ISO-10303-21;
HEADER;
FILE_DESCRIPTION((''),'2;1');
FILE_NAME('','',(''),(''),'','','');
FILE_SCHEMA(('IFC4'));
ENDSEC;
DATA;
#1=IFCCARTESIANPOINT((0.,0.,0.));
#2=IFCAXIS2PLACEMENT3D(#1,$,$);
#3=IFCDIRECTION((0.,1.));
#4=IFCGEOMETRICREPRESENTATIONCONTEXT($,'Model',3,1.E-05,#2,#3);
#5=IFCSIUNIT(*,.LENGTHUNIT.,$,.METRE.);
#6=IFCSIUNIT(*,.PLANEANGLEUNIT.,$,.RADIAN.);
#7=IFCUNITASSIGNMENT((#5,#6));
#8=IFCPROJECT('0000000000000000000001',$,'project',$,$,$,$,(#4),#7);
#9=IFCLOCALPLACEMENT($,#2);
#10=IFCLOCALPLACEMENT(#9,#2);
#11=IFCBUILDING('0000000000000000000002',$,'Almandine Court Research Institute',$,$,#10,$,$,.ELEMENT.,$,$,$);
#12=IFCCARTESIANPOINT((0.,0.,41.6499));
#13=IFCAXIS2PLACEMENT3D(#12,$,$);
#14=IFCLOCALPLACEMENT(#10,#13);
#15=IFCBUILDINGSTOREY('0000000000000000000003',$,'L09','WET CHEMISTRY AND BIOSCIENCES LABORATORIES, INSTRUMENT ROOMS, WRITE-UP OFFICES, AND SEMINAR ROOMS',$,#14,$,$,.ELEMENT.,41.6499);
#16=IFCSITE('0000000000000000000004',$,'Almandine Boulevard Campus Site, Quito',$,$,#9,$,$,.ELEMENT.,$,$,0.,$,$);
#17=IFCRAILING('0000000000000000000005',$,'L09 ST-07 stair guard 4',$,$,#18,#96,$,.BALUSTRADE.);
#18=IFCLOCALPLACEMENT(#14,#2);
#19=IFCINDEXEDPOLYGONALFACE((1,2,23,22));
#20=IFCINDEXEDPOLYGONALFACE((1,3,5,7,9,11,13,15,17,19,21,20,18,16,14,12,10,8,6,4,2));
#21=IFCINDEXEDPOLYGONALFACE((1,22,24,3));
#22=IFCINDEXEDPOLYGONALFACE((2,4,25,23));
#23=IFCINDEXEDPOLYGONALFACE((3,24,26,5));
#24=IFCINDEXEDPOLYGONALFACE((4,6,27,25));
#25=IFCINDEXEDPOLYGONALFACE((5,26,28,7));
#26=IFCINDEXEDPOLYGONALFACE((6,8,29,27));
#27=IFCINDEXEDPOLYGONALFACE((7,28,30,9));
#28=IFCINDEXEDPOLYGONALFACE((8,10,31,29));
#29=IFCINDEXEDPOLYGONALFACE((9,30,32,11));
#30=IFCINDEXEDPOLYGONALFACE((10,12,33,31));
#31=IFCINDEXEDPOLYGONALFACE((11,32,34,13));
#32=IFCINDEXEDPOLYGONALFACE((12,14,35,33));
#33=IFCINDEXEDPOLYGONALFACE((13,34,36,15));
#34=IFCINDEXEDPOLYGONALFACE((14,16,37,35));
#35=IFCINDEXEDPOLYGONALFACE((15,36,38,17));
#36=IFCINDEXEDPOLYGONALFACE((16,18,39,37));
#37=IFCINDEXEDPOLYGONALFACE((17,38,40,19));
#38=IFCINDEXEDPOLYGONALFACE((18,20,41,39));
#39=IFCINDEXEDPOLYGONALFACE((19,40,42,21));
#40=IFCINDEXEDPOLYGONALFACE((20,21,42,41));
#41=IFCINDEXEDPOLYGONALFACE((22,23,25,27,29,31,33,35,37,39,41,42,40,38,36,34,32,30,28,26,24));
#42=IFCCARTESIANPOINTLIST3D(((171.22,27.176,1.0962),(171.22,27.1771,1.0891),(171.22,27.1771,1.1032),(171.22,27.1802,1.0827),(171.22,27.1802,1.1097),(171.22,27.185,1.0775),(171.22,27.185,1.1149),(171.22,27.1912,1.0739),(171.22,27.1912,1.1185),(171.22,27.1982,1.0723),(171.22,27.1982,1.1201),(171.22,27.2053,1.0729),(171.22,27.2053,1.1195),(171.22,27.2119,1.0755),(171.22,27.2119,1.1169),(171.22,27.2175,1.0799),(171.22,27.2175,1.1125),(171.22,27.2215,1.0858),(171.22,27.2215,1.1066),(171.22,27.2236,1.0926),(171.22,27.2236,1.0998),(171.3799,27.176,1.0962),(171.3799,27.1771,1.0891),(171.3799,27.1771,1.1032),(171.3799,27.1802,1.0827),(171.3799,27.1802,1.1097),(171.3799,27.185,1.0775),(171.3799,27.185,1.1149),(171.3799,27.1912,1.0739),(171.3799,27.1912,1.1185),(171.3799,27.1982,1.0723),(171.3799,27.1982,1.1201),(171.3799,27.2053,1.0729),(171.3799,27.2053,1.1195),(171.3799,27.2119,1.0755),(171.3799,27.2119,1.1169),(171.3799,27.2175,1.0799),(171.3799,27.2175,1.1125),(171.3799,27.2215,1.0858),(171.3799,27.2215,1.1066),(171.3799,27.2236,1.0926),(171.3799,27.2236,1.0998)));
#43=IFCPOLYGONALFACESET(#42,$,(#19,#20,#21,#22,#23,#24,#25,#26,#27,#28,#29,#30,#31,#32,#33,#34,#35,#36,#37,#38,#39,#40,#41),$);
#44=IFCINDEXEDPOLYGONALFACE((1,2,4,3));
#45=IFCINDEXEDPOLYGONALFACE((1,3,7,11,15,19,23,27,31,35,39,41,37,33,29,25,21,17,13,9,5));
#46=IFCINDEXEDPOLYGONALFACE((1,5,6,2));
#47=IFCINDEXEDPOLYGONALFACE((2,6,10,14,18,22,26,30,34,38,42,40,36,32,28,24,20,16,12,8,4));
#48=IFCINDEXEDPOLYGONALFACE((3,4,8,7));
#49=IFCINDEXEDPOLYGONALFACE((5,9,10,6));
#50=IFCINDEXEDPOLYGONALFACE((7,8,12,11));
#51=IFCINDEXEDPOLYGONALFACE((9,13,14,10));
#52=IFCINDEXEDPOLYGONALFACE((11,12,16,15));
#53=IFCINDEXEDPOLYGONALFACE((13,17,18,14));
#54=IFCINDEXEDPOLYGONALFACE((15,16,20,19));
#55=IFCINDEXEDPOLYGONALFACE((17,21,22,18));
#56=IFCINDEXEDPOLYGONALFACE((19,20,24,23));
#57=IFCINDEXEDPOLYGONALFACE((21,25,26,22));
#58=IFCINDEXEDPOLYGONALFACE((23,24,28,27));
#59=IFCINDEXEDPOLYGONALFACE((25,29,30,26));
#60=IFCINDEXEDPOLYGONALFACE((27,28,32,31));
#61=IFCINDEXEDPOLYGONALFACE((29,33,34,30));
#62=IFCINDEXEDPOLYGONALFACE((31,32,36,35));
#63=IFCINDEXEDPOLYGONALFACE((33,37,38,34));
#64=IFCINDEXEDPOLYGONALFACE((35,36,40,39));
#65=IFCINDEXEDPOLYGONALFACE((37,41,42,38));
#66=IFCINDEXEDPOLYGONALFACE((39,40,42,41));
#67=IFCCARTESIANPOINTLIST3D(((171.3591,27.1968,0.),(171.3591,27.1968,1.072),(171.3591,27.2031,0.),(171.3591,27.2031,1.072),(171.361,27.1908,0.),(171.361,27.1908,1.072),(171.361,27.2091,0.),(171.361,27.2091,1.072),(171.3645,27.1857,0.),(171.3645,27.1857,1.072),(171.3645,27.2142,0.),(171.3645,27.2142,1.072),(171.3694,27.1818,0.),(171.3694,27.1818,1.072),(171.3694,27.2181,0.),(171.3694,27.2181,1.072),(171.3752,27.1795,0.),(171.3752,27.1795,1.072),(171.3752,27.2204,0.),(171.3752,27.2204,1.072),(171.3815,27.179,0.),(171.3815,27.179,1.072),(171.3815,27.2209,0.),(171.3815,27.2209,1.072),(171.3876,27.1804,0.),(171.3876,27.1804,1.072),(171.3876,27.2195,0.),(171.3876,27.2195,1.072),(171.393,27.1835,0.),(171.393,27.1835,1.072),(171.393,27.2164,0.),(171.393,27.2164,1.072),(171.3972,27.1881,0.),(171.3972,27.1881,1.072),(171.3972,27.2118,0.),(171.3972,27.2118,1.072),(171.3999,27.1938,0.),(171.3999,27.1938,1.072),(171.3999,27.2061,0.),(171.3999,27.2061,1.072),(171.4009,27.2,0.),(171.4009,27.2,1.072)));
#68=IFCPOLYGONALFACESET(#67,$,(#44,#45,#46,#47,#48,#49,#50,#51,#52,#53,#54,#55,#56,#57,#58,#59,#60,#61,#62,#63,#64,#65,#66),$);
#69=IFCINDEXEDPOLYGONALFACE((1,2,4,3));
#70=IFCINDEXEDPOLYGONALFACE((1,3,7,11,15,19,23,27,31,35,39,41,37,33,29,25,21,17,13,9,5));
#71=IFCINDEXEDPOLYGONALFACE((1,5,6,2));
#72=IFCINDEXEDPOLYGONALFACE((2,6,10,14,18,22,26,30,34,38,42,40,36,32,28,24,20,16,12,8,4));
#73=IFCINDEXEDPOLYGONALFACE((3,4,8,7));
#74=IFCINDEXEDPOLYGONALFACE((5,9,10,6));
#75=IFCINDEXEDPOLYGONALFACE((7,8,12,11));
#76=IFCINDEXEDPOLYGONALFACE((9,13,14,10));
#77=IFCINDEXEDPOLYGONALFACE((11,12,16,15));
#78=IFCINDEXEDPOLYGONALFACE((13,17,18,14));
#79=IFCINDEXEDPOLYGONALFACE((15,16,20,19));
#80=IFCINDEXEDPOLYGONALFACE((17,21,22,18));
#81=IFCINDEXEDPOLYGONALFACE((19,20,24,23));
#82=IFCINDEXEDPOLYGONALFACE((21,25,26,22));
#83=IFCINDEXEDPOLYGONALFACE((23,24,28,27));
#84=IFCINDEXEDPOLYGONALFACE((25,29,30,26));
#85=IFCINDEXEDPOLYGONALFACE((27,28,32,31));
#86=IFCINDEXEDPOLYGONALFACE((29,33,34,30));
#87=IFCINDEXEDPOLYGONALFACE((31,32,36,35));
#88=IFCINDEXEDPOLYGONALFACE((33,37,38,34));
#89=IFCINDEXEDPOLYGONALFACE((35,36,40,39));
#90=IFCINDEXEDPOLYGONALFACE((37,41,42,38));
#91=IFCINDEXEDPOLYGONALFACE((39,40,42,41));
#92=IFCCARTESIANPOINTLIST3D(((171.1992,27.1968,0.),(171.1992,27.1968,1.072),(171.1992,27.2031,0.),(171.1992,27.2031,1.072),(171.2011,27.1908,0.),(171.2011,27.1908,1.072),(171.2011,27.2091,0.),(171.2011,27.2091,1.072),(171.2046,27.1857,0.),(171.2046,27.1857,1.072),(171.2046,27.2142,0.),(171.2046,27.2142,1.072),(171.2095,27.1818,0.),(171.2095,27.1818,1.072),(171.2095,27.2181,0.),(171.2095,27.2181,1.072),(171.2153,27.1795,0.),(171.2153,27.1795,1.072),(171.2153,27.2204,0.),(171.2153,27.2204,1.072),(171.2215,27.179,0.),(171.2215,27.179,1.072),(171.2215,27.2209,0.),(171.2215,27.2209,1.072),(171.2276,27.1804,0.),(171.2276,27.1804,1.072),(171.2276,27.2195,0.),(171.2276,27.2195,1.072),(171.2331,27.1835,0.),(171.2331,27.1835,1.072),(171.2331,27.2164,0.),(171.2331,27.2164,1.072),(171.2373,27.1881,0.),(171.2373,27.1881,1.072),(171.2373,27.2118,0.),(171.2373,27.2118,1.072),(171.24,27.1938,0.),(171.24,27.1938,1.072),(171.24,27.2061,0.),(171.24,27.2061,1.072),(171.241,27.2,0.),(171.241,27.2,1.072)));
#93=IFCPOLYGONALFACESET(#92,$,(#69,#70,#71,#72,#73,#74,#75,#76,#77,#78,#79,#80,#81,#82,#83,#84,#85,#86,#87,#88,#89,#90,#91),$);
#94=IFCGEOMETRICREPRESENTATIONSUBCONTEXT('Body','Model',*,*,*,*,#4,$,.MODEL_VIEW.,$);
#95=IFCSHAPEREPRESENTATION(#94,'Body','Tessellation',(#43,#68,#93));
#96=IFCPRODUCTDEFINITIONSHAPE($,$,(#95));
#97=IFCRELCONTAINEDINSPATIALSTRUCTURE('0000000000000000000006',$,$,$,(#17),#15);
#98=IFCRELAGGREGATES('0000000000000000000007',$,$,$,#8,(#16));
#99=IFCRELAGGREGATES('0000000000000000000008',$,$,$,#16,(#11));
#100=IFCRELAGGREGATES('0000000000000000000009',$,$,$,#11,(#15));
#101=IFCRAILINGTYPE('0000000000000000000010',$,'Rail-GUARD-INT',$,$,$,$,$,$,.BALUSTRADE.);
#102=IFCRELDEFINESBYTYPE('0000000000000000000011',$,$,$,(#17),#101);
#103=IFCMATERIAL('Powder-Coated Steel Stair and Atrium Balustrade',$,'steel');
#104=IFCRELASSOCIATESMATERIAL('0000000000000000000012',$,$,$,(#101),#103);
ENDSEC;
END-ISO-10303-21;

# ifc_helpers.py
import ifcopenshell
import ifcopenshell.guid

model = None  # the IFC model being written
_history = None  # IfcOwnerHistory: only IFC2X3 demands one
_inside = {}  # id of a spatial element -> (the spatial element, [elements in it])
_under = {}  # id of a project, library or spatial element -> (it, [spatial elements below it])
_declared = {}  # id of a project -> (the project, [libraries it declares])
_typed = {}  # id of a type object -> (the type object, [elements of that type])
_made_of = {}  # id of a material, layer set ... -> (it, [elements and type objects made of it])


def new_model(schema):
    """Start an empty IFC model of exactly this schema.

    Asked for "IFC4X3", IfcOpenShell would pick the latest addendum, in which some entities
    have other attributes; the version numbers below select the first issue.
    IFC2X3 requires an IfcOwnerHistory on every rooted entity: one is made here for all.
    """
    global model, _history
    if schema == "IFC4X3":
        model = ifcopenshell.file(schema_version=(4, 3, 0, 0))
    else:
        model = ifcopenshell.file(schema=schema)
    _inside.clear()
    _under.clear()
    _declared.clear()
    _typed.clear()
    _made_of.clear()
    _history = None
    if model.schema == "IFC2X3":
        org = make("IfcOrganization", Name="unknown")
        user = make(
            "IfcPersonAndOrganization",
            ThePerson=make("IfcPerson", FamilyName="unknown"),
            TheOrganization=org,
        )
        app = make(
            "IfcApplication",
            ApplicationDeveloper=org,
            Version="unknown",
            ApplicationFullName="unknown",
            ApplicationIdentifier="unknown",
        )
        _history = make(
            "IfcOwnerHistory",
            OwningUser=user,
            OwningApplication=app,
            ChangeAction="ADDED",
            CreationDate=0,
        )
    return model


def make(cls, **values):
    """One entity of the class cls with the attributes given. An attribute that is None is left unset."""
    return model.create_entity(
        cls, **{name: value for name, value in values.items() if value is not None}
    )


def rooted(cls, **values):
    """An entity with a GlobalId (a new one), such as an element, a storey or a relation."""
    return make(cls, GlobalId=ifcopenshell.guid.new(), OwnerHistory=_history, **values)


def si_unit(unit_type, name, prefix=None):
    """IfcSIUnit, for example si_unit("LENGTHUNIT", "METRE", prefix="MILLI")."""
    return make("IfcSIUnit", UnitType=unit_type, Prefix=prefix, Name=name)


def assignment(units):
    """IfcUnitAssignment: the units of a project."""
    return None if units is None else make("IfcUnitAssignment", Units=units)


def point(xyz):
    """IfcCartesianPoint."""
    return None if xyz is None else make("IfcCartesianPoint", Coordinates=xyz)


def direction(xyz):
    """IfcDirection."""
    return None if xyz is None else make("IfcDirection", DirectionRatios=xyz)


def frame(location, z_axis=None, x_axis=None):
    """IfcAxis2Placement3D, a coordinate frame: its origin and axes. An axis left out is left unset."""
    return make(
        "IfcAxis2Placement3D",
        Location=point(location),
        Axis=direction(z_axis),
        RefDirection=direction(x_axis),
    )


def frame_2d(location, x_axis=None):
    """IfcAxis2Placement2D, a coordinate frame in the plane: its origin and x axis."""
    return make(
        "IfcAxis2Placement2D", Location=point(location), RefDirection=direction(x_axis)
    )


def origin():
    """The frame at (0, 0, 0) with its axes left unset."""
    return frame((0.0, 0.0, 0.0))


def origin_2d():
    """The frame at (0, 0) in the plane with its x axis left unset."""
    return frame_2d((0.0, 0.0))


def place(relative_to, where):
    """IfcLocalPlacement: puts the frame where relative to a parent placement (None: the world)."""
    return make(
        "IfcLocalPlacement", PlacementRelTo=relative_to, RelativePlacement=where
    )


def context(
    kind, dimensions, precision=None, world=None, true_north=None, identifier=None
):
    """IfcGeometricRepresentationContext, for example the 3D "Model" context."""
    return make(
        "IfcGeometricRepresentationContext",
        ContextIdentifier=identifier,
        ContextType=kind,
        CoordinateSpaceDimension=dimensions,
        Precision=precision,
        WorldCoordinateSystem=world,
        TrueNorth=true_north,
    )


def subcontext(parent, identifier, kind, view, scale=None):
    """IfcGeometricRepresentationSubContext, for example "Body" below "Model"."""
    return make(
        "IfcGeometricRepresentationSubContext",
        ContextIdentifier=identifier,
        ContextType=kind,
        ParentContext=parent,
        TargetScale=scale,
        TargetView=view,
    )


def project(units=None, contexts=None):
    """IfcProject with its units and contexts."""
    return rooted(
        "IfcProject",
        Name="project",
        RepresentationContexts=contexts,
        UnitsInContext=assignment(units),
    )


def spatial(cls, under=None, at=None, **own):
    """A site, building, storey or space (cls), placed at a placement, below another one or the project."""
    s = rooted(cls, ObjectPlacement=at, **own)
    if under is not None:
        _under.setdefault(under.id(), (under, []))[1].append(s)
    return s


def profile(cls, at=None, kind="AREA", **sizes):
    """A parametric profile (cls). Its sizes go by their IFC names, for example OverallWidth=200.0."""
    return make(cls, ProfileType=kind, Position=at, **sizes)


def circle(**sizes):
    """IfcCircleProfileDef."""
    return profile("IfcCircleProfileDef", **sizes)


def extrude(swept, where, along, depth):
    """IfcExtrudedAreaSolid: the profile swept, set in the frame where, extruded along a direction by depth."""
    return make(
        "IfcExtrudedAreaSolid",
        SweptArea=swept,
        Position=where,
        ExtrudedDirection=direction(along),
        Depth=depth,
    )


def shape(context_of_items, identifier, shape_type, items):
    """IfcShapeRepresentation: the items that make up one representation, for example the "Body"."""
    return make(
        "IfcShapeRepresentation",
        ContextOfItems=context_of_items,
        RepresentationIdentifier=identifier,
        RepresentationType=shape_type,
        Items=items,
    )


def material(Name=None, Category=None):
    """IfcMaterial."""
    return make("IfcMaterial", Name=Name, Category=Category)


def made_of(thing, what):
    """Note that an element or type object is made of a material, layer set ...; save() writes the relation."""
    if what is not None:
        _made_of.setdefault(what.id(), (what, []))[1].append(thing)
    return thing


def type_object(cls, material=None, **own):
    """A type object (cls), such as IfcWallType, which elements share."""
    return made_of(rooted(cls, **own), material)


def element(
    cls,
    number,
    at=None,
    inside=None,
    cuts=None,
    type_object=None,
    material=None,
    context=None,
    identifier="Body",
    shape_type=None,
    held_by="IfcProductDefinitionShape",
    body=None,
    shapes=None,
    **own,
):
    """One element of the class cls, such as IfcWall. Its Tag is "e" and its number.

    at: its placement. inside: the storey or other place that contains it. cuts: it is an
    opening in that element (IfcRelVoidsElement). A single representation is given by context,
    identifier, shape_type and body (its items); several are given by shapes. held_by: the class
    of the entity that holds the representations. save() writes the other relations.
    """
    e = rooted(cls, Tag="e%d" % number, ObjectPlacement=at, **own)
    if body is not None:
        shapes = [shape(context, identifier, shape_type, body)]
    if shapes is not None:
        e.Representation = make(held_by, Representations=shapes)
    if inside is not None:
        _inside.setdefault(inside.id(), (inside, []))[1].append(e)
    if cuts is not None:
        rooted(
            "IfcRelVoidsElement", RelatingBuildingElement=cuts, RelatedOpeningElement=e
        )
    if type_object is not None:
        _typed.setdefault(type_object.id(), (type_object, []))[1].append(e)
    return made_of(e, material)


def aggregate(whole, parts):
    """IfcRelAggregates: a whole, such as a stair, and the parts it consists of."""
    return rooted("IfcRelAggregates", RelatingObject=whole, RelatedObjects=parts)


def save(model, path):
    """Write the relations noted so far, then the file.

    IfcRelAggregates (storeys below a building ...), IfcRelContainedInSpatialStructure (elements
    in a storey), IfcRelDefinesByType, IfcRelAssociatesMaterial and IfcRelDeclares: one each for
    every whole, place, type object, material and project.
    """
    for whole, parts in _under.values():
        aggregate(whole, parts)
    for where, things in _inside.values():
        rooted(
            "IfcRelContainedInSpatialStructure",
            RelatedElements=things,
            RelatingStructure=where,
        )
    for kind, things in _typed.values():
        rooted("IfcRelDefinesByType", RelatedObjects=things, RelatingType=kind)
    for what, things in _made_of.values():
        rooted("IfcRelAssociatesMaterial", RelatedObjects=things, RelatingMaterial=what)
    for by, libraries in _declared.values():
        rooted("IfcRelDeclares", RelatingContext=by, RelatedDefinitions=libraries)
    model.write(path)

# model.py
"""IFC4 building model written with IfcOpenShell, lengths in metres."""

from ifc_helpers import new_model, si_unit, direction, frame, origin, origin_2d, place, context, subcontext, project, spatial, circle, extrude, material, type_object, element, save


model = new_model("IFC4")

# Units and contexts
model_context = context("Model", 3, precision=1e-05, world=origin(), true_north=direction((0.0, 1.0)))
body_context = subcontext(model_context, "Body", "Model", "MODEL_VIEW")
ifc_project = project(units=[si_unit("LENGTHUNIT", "METRE"), si_unit("PLANEANGLEUNIT", "RADIAN")], contexts=[model_context])

# Site, building, storey
site_placement = place(None, origin())
site = spatial("IfcSite", under=ifc_project, at=site_placement, Name="Almandine Boulevard Campus Site, Quito", CompositionType="ELEMENT", RefElevation=0.0)
building_placement = place(site_placement, origin())
building = spatial("IfcBuilding", under=site, at=building_placement, Name="Almandine Court Research Institute", CompositionType="ELEMENT")
storey_placement = place(building_placement, frame((0.0, 0.0, 41.6499)))
storey = spatial("IfcBuildingStorey", under=building, at=storey_placement, Name="L09", Description="WET CHEMISTRY AND BIOSCIENCES LABORATORIES, INSTRUMENT ROOMS, WRITE-UP OFFICES, AND SEMINAR ROOMS", CompositionType="ELEMENT", Elevation=41.6499)

# Railing
ifc_material_1 = material(Name="Powder-Coated Steel Stair and Atrium Balustrade", Category="steel")
railing_type_1 = type_object("IfcRailingType", Name="Rail-GUARD-INT", PredefinedType="BALUSTRADE", material=ifc_material_1)
railing_1_placement = place(storey_placement, frame((171.3799, 27.2, 0.0)))
element("IfcRailing", 1, at=railing_1_placement, inside=storey, type_object=railing_type_1, Name="L09 ST-07 stair guard 4", PredefinedType="BALUSTRADE", context=body_context, shape_type="SweptSolid", body=[
    extrude(circle(Radius=0.0239, at=origin_2d()), frame((0.0, 0.0, 1.0962), z_axis=(-1.0, 0.0, 0.0), x_axis=(0.0, -1.0, 0.0)), (0.0, 0.0, 1.0), 0.1599),
    extrude(circle(Radius=0.021, at=origin_2d()), origin(), (0.0, 0.0, 1.0), 1.072),
    extrude(circle(Radius=0.021, at=origin_2d()), frame((-0.1599, 0.0, 0.0)), (0.0, 0.0, 1.0), 1.072),
])

save(model, "model.ifc")
